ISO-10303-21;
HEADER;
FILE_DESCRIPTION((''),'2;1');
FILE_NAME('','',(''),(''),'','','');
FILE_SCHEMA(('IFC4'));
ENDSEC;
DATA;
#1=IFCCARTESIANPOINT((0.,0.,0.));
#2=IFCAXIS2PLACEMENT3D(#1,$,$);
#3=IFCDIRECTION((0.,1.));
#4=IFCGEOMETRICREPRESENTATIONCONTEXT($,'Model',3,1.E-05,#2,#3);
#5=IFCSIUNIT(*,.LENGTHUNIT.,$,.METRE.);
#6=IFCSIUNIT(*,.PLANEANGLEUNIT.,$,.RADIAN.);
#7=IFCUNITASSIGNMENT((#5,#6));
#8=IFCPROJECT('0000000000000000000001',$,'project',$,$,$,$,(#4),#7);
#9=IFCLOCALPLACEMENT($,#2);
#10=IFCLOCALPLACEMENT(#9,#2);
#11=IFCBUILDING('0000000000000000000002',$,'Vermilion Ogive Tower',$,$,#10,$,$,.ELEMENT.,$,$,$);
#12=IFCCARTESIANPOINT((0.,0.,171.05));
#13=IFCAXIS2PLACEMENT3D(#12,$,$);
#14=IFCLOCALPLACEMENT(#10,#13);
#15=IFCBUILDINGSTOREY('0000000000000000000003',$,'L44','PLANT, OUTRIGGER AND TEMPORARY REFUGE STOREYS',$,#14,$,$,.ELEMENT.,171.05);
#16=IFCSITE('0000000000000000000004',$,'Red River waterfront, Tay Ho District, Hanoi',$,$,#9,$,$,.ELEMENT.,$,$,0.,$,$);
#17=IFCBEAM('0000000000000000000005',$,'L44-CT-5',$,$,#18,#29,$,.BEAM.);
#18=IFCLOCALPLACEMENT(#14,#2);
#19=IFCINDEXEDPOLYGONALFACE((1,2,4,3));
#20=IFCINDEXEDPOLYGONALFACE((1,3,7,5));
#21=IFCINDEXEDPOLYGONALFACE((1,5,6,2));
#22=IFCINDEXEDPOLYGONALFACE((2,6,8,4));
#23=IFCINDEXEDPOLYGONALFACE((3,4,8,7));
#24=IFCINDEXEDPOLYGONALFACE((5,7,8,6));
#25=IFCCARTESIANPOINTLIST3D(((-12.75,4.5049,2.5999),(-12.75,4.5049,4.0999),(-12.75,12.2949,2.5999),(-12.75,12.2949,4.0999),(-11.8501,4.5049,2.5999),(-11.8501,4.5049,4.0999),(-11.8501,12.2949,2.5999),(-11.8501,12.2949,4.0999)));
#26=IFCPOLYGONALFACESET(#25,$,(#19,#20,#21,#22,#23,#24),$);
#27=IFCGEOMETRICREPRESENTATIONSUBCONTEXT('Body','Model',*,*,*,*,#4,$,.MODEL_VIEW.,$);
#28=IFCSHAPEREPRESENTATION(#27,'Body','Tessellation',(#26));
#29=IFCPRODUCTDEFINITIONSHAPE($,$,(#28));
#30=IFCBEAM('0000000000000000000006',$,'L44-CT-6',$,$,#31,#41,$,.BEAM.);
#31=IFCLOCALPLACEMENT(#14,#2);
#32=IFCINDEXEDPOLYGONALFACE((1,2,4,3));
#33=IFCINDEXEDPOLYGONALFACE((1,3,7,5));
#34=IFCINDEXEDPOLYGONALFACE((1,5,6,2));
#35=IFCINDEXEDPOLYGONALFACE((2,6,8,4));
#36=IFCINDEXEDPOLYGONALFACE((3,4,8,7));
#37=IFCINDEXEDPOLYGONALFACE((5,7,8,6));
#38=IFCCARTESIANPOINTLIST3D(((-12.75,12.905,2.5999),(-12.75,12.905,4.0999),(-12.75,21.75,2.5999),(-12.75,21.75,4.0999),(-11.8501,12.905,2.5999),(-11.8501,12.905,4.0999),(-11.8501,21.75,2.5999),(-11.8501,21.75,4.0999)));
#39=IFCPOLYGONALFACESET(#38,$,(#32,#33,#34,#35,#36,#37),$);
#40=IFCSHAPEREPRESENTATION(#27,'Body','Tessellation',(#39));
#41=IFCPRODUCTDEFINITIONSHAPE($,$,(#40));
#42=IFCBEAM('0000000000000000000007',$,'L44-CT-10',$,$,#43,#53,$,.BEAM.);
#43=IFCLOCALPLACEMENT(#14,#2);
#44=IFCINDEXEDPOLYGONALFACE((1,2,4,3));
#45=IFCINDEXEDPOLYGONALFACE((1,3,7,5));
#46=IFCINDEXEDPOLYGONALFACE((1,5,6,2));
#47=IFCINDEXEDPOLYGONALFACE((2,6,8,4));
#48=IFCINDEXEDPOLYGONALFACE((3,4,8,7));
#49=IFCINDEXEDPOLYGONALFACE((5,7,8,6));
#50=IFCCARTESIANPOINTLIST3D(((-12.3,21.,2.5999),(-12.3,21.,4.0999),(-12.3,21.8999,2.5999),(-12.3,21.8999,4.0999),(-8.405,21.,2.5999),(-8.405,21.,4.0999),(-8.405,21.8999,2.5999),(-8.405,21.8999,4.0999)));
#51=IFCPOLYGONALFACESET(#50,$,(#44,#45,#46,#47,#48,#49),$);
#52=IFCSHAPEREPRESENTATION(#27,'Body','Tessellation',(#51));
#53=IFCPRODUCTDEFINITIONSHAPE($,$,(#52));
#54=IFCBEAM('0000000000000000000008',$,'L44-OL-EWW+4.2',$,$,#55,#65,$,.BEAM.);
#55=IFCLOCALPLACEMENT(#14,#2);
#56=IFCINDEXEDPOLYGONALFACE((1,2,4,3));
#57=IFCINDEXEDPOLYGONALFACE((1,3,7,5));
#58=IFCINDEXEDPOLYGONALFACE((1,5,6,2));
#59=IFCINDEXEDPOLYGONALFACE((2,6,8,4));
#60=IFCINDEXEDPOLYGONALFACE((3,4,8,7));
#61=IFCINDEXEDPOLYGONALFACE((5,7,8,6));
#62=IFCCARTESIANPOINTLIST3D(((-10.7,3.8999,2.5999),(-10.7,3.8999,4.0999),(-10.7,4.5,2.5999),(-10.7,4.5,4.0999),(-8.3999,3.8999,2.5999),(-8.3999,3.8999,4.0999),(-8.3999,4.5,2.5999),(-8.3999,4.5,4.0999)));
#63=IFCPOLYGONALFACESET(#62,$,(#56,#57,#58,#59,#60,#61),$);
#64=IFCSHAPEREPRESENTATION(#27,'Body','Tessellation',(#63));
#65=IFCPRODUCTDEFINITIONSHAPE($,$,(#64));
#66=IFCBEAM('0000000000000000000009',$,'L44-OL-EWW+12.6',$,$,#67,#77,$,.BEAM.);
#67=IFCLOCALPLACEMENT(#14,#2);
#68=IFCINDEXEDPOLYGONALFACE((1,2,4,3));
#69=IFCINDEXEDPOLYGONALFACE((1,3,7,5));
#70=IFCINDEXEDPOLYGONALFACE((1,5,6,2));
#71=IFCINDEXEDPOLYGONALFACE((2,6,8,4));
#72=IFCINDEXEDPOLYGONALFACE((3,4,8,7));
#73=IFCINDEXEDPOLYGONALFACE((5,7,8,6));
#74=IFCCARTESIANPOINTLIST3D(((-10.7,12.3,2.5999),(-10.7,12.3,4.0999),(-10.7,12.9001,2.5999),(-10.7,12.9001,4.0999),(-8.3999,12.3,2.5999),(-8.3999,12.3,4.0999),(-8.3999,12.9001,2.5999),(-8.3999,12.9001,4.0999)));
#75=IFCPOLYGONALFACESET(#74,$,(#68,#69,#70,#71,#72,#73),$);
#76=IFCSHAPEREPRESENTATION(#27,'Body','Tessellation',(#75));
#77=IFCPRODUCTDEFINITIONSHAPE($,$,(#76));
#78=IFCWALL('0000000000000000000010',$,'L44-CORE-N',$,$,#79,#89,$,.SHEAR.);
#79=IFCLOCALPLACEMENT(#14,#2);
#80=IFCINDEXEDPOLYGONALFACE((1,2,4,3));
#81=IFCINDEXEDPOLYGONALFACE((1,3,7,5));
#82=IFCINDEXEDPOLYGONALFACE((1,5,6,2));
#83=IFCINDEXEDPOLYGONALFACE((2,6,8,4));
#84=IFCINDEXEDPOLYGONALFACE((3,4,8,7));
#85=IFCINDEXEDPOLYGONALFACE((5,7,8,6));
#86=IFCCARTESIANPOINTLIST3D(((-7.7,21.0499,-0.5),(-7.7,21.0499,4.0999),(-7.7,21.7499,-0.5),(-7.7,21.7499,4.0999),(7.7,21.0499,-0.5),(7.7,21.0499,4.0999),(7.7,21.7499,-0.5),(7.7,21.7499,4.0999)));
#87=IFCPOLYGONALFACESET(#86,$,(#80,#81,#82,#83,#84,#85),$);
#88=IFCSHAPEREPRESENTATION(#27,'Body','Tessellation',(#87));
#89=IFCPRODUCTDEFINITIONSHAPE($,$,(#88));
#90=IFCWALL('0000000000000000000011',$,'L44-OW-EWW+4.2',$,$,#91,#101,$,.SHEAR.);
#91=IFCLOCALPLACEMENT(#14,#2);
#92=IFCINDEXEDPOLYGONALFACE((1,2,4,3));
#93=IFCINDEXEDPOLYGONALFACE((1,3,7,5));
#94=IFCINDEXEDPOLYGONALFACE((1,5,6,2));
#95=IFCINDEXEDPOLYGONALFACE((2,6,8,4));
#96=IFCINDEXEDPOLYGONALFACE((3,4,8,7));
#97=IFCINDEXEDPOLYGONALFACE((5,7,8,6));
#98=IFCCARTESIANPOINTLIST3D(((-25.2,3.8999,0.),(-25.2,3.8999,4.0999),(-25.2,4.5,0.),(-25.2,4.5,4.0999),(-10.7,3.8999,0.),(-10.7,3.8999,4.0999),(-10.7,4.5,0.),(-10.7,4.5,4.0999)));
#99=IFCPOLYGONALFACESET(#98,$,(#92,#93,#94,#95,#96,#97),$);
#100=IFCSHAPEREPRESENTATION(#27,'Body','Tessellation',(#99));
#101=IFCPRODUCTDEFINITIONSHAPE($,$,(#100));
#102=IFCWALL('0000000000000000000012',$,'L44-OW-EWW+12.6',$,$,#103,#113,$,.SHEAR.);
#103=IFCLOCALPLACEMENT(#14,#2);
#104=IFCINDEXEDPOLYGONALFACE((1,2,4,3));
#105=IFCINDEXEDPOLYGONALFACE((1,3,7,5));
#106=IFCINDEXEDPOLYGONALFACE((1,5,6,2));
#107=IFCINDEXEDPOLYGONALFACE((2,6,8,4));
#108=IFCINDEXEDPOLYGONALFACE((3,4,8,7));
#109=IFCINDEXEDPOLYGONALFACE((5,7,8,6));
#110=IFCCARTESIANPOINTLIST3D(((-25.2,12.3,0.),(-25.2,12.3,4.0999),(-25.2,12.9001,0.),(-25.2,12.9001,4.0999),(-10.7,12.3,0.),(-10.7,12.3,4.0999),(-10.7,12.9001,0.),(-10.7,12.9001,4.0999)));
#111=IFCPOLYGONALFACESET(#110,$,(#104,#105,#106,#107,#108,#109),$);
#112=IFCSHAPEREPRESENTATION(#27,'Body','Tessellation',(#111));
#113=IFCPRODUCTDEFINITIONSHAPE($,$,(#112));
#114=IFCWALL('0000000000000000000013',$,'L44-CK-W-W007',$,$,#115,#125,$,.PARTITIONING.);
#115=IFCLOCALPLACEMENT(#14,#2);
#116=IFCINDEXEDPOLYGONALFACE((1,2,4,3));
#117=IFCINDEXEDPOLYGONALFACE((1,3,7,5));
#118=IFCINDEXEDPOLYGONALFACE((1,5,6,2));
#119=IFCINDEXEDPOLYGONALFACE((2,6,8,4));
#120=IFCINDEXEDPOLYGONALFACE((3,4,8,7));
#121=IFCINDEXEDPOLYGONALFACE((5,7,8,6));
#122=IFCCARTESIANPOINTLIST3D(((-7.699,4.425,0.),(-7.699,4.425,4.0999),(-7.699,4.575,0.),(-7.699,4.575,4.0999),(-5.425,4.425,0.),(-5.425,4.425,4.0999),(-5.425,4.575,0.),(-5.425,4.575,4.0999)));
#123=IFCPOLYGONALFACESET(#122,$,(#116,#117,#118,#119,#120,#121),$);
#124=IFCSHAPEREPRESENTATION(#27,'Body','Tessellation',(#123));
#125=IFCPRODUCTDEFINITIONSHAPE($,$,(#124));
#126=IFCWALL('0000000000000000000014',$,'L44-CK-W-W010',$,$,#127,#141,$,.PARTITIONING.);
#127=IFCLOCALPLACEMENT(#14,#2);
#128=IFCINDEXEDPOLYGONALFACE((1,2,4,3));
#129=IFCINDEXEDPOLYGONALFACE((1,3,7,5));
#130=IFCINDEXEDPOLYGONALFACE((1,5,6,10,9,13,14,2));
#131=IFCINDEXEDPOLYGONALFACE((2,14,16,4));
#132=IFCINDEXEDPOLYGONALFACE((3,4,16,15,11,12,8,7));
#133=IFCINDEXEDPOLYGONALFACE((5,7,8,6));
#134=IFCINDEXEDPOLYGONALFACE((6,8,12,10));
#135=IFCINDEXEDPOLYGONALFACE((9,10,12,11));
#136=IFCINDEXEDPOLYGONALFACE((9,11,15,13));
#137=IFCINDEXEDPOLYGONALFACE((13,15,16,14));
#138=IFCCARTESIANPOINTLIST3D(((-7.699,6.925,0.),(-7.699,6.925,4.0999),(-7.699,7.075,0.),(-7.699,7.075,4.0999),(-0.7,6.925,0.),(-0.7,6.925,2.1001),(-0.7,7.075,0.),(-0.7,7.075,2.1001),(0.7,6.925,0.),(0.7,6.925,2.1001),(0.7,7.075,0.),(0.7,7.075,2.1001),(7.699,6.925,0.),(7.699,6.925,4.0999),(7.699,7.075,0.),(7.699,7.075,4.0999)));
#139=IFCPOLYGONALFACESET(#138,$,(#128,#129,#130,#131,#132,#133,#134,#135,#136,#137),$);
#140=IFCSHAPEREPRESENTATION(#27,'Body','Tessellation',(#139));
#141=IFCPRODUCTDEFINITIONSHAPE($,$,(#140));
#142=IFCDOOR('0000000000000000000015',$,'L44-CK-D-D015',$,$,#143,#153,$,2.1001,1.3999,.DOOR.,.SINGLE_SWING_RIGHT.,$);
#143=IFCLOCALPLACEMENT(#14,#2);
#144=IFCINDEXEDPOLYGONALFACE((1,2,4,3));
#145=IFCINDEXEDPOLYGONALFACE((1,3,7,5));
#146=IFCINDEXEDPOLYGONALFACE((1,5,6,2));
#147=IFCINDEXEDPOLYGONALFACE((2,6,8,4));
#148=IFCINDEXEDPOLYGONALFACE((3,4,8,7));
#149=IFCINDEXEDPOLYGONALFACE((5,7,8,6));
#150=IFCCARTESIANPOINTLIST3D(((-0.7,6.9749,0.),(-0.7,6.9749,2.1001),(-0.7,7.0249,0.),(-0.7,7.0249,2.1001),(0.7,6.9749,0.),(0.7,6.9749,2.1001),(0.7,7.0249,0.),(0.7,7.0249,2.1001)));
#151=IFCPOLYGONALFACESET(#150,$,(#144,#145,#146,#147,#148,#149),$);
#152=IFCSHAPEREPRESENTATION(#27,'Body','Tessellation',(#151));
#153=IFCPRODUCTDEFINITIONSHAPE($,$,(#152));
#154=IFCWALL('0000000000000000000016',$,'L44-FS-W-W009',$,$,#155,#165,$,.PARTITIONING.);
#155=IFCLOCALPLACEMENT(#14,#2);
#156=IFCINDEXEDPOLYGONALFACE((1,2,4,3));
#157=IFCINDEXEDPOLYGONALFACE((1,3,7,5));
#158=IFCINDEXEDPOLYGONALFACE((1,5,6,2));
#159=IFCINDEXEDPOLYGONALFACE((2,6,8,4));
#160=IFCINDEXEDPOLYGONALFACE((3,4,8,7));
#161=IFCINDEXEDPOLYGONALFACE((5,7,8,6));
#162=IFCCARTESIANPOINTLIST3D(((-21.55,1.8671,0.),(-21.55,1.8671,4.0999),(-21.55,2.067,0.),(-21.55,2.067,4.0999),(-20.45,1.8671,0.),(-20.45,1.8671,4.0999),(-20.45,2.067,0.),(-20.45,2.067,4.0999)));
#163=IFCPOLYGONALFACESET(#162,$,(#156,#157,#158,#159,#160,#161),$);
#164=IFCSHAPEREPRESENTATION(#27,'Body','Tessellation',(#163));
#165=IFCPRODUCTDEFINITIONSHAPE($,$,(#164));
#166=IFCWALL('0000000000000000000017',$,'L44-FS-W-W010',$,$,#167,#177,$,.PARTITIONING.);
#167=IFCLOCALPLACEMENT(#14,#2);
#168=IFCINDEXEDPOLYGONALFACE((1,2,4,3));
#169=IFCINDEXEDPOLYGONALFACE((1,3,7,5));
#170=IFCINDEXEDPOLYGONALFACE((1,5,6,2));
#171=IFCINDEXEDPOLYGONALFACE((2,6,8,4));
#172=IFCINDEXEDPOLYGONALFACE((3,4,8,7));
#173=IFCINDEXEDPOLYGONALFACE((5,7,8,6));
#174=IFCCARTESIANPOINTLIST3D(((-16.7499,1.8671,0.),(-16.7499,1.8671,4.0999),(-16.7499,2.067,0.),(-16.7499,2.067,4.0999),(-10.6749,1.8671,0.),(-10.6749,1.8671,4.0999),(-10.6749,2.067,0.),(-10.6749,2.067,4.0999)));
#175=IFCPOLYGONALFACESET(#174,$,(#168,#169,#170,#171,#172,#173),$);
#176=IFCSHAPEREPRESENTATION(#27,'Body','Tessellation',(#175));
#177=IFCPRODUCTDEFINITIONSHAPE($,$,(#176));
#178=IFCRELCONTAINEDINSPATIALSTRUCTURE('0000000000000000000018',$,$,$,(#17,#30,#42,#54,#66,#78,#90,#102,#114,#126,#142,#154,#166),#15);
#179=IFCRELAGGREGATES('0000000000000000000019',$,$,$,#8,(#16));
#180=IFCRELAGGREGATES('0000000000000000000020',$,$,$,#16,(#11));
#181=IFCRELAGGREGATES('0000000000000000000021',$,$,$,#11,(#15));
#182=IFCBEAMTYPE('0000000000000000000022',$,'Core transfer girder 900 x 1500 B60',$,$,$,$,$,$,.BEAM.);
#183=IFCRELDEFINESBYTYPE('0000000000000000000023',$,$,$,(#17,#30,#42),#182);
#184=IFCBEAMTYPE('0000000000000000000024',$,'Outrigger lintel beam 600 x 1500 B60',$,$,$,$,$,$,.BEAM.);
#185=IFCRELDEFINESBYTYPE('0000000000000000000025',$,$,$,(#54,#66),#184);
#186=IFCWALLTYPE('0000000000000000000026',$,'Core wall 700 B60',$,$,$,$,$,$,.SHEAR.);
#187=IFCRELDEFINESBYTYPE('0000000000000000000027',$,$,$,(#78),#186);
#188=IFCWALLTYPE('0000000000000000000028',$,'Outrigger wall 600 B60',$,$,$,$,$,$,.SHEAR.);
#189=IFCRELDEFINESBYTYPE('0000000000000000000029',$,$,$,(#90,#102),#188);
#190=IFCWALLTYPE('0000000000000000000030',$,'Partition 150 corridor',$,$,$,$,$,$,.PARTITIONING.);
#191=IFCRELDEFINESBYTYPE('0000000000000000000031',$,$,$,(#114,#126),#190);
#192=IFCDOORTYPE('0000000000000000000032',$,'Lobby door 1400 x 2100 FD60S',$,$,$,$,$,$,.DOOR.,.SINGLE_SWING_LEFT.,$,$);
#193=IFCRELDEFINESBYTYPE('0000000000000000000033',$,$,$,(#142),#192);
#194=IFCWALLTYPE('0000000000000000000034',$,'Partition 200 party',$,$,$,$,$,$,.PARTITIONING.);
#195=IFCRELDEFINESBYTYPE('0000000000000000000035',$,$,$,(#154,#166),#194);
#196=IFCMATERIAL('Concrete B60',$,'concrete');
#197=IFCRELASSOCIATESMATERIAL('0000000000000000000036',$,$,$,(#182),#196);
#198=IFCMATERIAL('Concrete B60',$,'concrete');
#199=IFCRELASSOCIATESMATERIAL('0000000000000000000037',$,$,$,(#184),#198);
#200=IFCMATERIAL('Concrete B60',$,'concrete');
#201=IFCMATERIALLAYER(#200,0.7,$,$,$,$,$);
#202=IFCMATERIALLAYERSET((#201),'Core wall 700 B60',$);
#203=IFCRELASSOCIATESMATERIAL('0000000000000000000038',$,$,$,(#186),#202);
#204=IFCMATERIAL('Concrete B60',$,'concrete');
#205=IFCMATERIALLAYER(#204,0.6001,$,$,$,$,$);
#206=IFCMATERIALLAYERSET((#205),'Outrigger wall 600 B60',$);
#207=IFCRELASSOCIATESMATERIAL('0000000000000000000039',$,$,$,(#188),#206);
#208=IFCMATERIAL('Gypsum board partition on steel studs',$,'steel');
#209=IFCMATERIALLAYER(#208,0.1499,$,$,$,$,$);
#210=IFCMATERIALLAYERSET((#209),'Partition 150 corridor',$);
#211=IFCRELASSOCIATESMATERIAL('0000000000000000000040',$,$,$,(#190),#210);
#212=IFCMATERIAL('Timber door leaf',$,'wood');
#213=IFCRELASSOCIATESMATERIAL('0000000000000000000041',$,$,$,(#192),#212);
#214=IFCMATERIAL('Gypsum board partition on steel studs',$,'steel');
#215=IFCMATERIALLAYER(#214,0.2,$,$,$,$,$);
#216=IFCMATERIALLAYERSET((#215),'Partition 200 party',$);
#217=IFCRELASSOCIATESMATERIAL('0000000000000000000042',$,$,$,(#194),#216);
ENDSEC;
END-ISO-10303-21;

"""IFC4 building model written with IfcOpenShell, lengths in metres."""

from ifc_helpers import new_model, si_unit, direction, frame, frame_2d, origin, origin_2d, place, context, subcontext, project, spatial, rectangle, extrude, material, layer, layer_set, material_profile, profile_set, type_object, element, fill, save


model = new_model("IFC4")

# Units and contexts
model_context = context("Model", 3, precision=1e-05, world=origin(), true_north=direction((0.0, 1.0)))
body_context = subcontext(model_context, "Body", "Model", "MODEL_VIEW")
ifc_project = project(units=[si_unit("LENGTHUNIT", "METRE"), si_unit("PLANEANGLEUNIT", "RADIAN")], contexts=[model_context])

# Site, building, storey
site_placement = place(None, origin())
site = spatial("IfcSite", under=ifc_project, at=site_placement, Name="Red River waterfront, Tay Ho District, Hanoi", CompositionType="ELEMENT", RefElevation=0.0)
building_placement = place(site_placement, origin())
building = spatial("IfcBuilding", under=site, at=building_placement, Name="Vermilion Ogive Tower", CompositionType="ELEMENT")
storey_placement = place(building_placement, frame((0.0, 0.0, 171.05)))
storey = spatial("IfcBuildingStorey", under=building, at=storey_placement, Name="L44", Description="PLANT, OUTRIGGER AND TEMPORARY REFUGE STOREYS", CompositionType="ELEMENT", Elevation=171.05)

# Beams
ifc_material_1 = material(Name="Concrete B60", Category="concrete")
ifc_material_profile_1 = material_profile(ifc_material_1, rectangle(XDim=0.8999, YDim=1.5, at=origin_2d()), Name="900 x 1500")
ifc_profile_set_1 = profile_set([ifc_material_profile_1], Name="Concrete B60")
beam_type_1 = type_object("IfcBeamType", Name="Core transfer girder 900 x 1500 B60", PredefinedType="BEAM", material=ifc_profile_set_1)
beam_1_placement = place(storey_placement, frame((-12.3, 4.5049, 3.3499), z_axis=(0.0, 1.0, 0.0), x_axis=(-1.0, 0.0, 0.0)))
element("IfcBeam", 1, at=beam_1_placement, inside=storey, type_object=beam_type_1, Name="L44-CT-5", PredefinedType="BEAM", context=body_context, shape_type="SweptSolid", body=[
    extrude(rectangle(XDim=0.8999, YDim=1.5, at=origin_2d()), origin(), (0.0, 0.0, 1.0), 7.79),
])
beam_2_placement = place(storey_placement, frame((-12.3, 12.905, 3.3499), z_axis=(0.0, 1.0, 0.0), x_axis=(-1.0, 0.0, 0.0)))
element("IfcBeam", 2, at=beam_2_placement, inside=storey, type_object=beam_type_1, Name="L44-CT-6", PredefinedType="BEAM", context=body_context, shape_type="SweptSolid", body=[
    extrude(rectangle(XDim=0.8999, YDim=1.5, at=origin_2d()), origin(), (0.0, 0.0, 1.0), 8.845),
])
beam_3_placement = place(storey_placement, frame((-12.3, 21.45, 3.3499), z_axis=(1.0, 0.0, 0.0), x_axis=(0.0, 1.0, 0.0)))
element("IfcBeam", 3, at=beam_3_placement, inside=storey, type_object=beam_type_1, Name="L44-CT-10", PredefinedType="BEAM", context=body_context, shape_type="SweptSolid", body=[
    extrude(rectangle(XDim=0.8999, YDim=1.5, at=origin_2d()), origin(), (0.0, 0.0, 1.0), 3.895),
])
ifc_material_2 = material(Name="Concrete B60", Category="concrete")
ifc_material_profile_2 = material_profile(ifc_material_2, rectangle(XDim=0.6001, YDim=1.5, at=origin_2d()), Name="600 x 1500")
ifc_profile_set_2 = profile_set([ifc_material_profile_2], Name="Concrete B60")
beam_type_2 = type_object("IfcBeamType", Name="Outrigger lintel beam 600 x 1500 B60", PredefinedType="BEAM", material=ifc_profile_set_2)
for number, where, z_axis, x_axis, name in (
    (4, (-8.3999, 4.2, 3.3499), (-1.0, 0.0, 0.0), (0.0, -1.0, 0.0), "L44-OL-EWW+4.2"),
    (5, (-8.3999, 12.6001, 3.3499), (-1.0, 0.0, 0.0), (0.0, -1.0, 0.0), "L44-OL-EWW+12.6"),
):
    element("IfcBeam", number, at=place(storey_placement, frame(where, z_axis=z_axis, x_axis=x_axis)), inside=storey, type_object=beam_type_2, Name=name, PredefinedType="BEAM", context=body_context, shape_type="SweptSolid", body=[
        extrude(rectangle(XDim=0.6001, YDim=1.5, at=origin_2d()), origin(), (0.0, 0.0, 1.0), 2.3),
    ])

# Walls
ifc_material_3 = material(Name="Concrete B60", Category="concrete")
ifc_layer_1 = layer(ifc_material_3, 0.7)
ifc_layer_set_1 = layer_set([ifc_layer_1], Name="Core wall 700 B60")
wall_type_1 = type_object("IfcWallType", Name="Core wall 700 B60", PredefinedType="SHEAR", material=ifc_layer_set_1)
wall_1_placement = place(storey_placement, frame((-7.7, 21.3999, -0.5), z_axis=(0.0, 0.0, 1.0), x_axis=(1.0, 0.0, 0.0)))
element("IfcWall", 6, at=wall_1_placement, inside=storey, type_object=wall_type_1, Name="L44-CORE-N", PredefinedType="SHEAR", context=body_context, shape_type="SweptSolid", body=[
    extrude(rectangle(XDim=15.3999, YDim=0.7, at=frame_2d((7.7, 0.0))), origin(), (0.0, 0.0, 1.0), 4.5999),
])
ifc_material_4 = material(Name="Concrete B60", Category="concrete")
ifc_layer_2 = layer(ifc_material_4, 0.6001)
ifc_layer_set_2 = layer_set([ifc_layer_2], Name="Outrigger wall 600 B60")
wall_type_2 = type_object("IfcWallType", Name="Outrigger wall 600 B60", PredefinedType="SHEAR", material=ifc_layer_set_2)
for number, where, z_axis, x_axis, name in (
    (7, (-10.7, 4.2, 0.0), (0.0, 0.0, 1.0), (-1.0, 0.0, 0.0), "L44-OW-EWW+4.2"),
    (8, (-10.7, 12.6001, 0.0), (0.0, 0.0, 1.0), (-1.0, 0.0, 0.0), "L44-OW-EWW+12.6"),
):
    element("IfcWall", number, at=place(storey_placement, frame(where, z_axis=z_axis, x_axis=x_axis)), inside=storey, type_object=wall_type_2, Name=name, PredefinedType="SHEAR", context=body_context, shape_type="SweptSolid", body=[
        extrude(rectangle(XDim=14.5, YDim=0.6001, at=frame_2d((7.25, 0.0))), origin(), (0.0, 0.0, 1.0), 4.0999),
    ])
ifc_material_5 = material(Name="Gypsum board partition on steel studs", Category="steel")
ifc_layer_3 = layer(ifc_material_5, 0.1499)
ifc_layer_set_3 = layer_set([ifc_layer_3], Name="Partition 150 corridor")
wall_type_3 = type_object("IfcWallType", Name="Partition 150 corridor", PredefinedType="PARTITIONING", material=ifc_layer_set_3)
wall_2_placement = place(storey_placement, frame((-7.699, 4.5, 0.0), z_axis=(0.0, 0.0, 1.0), x_axis=(1.0, 0.0, 0.0)))
element("IfcWall", 9, at=wall_2_placement, inside=storey, type_object=wall_type_3, Name="L44-CK-W-W007", PredefinedType="PARTITIONING", context=body_context, shape_type="SweptSolid", body=[
    extrude(rectangle(XDim=2.2739, YDim=0.1499, at=frame_2d((1.137, 0.0))), origin(), (0.0, 0.0, 1.0), 4.0999),
])

# Wall, opening, door
wall_3_placement = place(storey_placement, frame((-7.699, 7.0, 0.0), z_axis=(0.0, 0.0, 1.0), x_axis=(1.0, 0.0, 0.0)))
wall_3 = element("IfcWall", 10, at=wall_3_placement, inside=storey, type_object=wall_type_3, Name="L44-CK-W-W010", PredefinedType="PARTITIONING", context=body_context, shape_type="SweptSolid", body=[
    extrude(rectangle(XDim=15.3979, YDim=0.1499, at=frame_2d((7.699, 0.0))), origin(), (0.0, 0.0, 1.0), 4.0999),
])
opening_1_placement = place(wall_3_placement, frame((6.999, 0.0, 0.0)))
opening_1 = element("IfcOpeningElement", 11, at=opening_1_placement, cuts=wall_3, PredefinedType="OPENING", context=body_context, shape_type="SweptSolid", body=[
    extrude(rectangle(XDim=1.3999, YDim=2.1001, at=frame_2d((0.7, 1.05))), frame((0.0, 0.085, 0.0), z_axis=(0.0, -1.0, 0.0), x_axis=(1.0, 0.0, 0.0)), (0.0, 0.0, 1.0), 0.1699),
])
ifc_material_6 = material(Name="Timber door leaf", Category="wood")
door_type_1 = type_object("IfcDoorType", Name="Lobby door 1400 x 2100 FD60S", OperationType="SINGLE_SWING_LEFT", PredefinedType="DOOR", material=ifc_material_6)
door_1_placement = place(opening_1_placement, origin())
door_1 = element("IfcDoor", 12, at=door_1_placement, inside=storey, type_object=door_type_1, Name="L44-CK-D-D015", OperationType="SINGLE_SWING_RIGHT", OverallHeight=2.1001, OverallWidth=1.3999, PredefinedType="DOOR", context=body_context, shape_type="SweptSolid", body=[
    extrude(rectangle(XDim=1.3999, YDim=2.1001, at=frame_2d((0.7, 1.05))), frame((0.0, 0.0249, 0.0), z_axis=(0.0, -1.0, 0.0), x_axis=(1.0, 0.0, 0.0)), (0.0, 0.0, 1.0), 0.05),
])
fill(opening_1, door_1)

# Walls
ifc_material_7 = material(Name="Gypsum board partition on steel studs", Category="steel")
ifc_layer_4 = layer(ifc_material_7, 0.2)
ifc_layer_set_4 = layer_set([ifc_layer_4], Name="Partition 200 party")
wall_type_4 = type_object("IfcWallType", Name="Partition 200 party", PredefinedType="PARTITIONING", material=ifc_layer_set_4)
wall_4_placement = place(storey_placement, frame((-21.55, 1.967, 0.0), z_axis=(0.0, 0.0, 1.0), x_axis=(1.0, 0.0, 0.0)))
element("IfcWall", 13, at=wall_4_placement, inside=storey, type_object=wall_type_4, Name="L44-FS-W-W009", PredefinedType="PARTITIONING", context=body_context, shape_type="SweptSolid", body=[
    extrude(rectangle(XDim=1.1001, YDim=0.2, at=frame_2d((0.55, 0.0))), origin(), (0.0, 0.0, 1.0), 4.0999),
])
wall_5_placement = place(storey_placement, frame((-16.75, 1.967, 0.0), z_axis=(0.0, 0.0, 1.0), x_axis=(1.0, 0.0, 0.0)))
element("IfcWall", 14, at=wall_5_placement, inside=storey, type_object=wall_type_4, Name="L44-FS-W-W010", PredefinedType="PARTITIONING", context=body_context, shape_type="SweptSolid", body=[
    extrude(rectangle(XDim=6.075, YDim=0.2, at=frame_2d((3.0376, 0.0))), origin(), (0.0, 0.0, 1.0), 4.0999),
])

save(model, "model.ifc")
